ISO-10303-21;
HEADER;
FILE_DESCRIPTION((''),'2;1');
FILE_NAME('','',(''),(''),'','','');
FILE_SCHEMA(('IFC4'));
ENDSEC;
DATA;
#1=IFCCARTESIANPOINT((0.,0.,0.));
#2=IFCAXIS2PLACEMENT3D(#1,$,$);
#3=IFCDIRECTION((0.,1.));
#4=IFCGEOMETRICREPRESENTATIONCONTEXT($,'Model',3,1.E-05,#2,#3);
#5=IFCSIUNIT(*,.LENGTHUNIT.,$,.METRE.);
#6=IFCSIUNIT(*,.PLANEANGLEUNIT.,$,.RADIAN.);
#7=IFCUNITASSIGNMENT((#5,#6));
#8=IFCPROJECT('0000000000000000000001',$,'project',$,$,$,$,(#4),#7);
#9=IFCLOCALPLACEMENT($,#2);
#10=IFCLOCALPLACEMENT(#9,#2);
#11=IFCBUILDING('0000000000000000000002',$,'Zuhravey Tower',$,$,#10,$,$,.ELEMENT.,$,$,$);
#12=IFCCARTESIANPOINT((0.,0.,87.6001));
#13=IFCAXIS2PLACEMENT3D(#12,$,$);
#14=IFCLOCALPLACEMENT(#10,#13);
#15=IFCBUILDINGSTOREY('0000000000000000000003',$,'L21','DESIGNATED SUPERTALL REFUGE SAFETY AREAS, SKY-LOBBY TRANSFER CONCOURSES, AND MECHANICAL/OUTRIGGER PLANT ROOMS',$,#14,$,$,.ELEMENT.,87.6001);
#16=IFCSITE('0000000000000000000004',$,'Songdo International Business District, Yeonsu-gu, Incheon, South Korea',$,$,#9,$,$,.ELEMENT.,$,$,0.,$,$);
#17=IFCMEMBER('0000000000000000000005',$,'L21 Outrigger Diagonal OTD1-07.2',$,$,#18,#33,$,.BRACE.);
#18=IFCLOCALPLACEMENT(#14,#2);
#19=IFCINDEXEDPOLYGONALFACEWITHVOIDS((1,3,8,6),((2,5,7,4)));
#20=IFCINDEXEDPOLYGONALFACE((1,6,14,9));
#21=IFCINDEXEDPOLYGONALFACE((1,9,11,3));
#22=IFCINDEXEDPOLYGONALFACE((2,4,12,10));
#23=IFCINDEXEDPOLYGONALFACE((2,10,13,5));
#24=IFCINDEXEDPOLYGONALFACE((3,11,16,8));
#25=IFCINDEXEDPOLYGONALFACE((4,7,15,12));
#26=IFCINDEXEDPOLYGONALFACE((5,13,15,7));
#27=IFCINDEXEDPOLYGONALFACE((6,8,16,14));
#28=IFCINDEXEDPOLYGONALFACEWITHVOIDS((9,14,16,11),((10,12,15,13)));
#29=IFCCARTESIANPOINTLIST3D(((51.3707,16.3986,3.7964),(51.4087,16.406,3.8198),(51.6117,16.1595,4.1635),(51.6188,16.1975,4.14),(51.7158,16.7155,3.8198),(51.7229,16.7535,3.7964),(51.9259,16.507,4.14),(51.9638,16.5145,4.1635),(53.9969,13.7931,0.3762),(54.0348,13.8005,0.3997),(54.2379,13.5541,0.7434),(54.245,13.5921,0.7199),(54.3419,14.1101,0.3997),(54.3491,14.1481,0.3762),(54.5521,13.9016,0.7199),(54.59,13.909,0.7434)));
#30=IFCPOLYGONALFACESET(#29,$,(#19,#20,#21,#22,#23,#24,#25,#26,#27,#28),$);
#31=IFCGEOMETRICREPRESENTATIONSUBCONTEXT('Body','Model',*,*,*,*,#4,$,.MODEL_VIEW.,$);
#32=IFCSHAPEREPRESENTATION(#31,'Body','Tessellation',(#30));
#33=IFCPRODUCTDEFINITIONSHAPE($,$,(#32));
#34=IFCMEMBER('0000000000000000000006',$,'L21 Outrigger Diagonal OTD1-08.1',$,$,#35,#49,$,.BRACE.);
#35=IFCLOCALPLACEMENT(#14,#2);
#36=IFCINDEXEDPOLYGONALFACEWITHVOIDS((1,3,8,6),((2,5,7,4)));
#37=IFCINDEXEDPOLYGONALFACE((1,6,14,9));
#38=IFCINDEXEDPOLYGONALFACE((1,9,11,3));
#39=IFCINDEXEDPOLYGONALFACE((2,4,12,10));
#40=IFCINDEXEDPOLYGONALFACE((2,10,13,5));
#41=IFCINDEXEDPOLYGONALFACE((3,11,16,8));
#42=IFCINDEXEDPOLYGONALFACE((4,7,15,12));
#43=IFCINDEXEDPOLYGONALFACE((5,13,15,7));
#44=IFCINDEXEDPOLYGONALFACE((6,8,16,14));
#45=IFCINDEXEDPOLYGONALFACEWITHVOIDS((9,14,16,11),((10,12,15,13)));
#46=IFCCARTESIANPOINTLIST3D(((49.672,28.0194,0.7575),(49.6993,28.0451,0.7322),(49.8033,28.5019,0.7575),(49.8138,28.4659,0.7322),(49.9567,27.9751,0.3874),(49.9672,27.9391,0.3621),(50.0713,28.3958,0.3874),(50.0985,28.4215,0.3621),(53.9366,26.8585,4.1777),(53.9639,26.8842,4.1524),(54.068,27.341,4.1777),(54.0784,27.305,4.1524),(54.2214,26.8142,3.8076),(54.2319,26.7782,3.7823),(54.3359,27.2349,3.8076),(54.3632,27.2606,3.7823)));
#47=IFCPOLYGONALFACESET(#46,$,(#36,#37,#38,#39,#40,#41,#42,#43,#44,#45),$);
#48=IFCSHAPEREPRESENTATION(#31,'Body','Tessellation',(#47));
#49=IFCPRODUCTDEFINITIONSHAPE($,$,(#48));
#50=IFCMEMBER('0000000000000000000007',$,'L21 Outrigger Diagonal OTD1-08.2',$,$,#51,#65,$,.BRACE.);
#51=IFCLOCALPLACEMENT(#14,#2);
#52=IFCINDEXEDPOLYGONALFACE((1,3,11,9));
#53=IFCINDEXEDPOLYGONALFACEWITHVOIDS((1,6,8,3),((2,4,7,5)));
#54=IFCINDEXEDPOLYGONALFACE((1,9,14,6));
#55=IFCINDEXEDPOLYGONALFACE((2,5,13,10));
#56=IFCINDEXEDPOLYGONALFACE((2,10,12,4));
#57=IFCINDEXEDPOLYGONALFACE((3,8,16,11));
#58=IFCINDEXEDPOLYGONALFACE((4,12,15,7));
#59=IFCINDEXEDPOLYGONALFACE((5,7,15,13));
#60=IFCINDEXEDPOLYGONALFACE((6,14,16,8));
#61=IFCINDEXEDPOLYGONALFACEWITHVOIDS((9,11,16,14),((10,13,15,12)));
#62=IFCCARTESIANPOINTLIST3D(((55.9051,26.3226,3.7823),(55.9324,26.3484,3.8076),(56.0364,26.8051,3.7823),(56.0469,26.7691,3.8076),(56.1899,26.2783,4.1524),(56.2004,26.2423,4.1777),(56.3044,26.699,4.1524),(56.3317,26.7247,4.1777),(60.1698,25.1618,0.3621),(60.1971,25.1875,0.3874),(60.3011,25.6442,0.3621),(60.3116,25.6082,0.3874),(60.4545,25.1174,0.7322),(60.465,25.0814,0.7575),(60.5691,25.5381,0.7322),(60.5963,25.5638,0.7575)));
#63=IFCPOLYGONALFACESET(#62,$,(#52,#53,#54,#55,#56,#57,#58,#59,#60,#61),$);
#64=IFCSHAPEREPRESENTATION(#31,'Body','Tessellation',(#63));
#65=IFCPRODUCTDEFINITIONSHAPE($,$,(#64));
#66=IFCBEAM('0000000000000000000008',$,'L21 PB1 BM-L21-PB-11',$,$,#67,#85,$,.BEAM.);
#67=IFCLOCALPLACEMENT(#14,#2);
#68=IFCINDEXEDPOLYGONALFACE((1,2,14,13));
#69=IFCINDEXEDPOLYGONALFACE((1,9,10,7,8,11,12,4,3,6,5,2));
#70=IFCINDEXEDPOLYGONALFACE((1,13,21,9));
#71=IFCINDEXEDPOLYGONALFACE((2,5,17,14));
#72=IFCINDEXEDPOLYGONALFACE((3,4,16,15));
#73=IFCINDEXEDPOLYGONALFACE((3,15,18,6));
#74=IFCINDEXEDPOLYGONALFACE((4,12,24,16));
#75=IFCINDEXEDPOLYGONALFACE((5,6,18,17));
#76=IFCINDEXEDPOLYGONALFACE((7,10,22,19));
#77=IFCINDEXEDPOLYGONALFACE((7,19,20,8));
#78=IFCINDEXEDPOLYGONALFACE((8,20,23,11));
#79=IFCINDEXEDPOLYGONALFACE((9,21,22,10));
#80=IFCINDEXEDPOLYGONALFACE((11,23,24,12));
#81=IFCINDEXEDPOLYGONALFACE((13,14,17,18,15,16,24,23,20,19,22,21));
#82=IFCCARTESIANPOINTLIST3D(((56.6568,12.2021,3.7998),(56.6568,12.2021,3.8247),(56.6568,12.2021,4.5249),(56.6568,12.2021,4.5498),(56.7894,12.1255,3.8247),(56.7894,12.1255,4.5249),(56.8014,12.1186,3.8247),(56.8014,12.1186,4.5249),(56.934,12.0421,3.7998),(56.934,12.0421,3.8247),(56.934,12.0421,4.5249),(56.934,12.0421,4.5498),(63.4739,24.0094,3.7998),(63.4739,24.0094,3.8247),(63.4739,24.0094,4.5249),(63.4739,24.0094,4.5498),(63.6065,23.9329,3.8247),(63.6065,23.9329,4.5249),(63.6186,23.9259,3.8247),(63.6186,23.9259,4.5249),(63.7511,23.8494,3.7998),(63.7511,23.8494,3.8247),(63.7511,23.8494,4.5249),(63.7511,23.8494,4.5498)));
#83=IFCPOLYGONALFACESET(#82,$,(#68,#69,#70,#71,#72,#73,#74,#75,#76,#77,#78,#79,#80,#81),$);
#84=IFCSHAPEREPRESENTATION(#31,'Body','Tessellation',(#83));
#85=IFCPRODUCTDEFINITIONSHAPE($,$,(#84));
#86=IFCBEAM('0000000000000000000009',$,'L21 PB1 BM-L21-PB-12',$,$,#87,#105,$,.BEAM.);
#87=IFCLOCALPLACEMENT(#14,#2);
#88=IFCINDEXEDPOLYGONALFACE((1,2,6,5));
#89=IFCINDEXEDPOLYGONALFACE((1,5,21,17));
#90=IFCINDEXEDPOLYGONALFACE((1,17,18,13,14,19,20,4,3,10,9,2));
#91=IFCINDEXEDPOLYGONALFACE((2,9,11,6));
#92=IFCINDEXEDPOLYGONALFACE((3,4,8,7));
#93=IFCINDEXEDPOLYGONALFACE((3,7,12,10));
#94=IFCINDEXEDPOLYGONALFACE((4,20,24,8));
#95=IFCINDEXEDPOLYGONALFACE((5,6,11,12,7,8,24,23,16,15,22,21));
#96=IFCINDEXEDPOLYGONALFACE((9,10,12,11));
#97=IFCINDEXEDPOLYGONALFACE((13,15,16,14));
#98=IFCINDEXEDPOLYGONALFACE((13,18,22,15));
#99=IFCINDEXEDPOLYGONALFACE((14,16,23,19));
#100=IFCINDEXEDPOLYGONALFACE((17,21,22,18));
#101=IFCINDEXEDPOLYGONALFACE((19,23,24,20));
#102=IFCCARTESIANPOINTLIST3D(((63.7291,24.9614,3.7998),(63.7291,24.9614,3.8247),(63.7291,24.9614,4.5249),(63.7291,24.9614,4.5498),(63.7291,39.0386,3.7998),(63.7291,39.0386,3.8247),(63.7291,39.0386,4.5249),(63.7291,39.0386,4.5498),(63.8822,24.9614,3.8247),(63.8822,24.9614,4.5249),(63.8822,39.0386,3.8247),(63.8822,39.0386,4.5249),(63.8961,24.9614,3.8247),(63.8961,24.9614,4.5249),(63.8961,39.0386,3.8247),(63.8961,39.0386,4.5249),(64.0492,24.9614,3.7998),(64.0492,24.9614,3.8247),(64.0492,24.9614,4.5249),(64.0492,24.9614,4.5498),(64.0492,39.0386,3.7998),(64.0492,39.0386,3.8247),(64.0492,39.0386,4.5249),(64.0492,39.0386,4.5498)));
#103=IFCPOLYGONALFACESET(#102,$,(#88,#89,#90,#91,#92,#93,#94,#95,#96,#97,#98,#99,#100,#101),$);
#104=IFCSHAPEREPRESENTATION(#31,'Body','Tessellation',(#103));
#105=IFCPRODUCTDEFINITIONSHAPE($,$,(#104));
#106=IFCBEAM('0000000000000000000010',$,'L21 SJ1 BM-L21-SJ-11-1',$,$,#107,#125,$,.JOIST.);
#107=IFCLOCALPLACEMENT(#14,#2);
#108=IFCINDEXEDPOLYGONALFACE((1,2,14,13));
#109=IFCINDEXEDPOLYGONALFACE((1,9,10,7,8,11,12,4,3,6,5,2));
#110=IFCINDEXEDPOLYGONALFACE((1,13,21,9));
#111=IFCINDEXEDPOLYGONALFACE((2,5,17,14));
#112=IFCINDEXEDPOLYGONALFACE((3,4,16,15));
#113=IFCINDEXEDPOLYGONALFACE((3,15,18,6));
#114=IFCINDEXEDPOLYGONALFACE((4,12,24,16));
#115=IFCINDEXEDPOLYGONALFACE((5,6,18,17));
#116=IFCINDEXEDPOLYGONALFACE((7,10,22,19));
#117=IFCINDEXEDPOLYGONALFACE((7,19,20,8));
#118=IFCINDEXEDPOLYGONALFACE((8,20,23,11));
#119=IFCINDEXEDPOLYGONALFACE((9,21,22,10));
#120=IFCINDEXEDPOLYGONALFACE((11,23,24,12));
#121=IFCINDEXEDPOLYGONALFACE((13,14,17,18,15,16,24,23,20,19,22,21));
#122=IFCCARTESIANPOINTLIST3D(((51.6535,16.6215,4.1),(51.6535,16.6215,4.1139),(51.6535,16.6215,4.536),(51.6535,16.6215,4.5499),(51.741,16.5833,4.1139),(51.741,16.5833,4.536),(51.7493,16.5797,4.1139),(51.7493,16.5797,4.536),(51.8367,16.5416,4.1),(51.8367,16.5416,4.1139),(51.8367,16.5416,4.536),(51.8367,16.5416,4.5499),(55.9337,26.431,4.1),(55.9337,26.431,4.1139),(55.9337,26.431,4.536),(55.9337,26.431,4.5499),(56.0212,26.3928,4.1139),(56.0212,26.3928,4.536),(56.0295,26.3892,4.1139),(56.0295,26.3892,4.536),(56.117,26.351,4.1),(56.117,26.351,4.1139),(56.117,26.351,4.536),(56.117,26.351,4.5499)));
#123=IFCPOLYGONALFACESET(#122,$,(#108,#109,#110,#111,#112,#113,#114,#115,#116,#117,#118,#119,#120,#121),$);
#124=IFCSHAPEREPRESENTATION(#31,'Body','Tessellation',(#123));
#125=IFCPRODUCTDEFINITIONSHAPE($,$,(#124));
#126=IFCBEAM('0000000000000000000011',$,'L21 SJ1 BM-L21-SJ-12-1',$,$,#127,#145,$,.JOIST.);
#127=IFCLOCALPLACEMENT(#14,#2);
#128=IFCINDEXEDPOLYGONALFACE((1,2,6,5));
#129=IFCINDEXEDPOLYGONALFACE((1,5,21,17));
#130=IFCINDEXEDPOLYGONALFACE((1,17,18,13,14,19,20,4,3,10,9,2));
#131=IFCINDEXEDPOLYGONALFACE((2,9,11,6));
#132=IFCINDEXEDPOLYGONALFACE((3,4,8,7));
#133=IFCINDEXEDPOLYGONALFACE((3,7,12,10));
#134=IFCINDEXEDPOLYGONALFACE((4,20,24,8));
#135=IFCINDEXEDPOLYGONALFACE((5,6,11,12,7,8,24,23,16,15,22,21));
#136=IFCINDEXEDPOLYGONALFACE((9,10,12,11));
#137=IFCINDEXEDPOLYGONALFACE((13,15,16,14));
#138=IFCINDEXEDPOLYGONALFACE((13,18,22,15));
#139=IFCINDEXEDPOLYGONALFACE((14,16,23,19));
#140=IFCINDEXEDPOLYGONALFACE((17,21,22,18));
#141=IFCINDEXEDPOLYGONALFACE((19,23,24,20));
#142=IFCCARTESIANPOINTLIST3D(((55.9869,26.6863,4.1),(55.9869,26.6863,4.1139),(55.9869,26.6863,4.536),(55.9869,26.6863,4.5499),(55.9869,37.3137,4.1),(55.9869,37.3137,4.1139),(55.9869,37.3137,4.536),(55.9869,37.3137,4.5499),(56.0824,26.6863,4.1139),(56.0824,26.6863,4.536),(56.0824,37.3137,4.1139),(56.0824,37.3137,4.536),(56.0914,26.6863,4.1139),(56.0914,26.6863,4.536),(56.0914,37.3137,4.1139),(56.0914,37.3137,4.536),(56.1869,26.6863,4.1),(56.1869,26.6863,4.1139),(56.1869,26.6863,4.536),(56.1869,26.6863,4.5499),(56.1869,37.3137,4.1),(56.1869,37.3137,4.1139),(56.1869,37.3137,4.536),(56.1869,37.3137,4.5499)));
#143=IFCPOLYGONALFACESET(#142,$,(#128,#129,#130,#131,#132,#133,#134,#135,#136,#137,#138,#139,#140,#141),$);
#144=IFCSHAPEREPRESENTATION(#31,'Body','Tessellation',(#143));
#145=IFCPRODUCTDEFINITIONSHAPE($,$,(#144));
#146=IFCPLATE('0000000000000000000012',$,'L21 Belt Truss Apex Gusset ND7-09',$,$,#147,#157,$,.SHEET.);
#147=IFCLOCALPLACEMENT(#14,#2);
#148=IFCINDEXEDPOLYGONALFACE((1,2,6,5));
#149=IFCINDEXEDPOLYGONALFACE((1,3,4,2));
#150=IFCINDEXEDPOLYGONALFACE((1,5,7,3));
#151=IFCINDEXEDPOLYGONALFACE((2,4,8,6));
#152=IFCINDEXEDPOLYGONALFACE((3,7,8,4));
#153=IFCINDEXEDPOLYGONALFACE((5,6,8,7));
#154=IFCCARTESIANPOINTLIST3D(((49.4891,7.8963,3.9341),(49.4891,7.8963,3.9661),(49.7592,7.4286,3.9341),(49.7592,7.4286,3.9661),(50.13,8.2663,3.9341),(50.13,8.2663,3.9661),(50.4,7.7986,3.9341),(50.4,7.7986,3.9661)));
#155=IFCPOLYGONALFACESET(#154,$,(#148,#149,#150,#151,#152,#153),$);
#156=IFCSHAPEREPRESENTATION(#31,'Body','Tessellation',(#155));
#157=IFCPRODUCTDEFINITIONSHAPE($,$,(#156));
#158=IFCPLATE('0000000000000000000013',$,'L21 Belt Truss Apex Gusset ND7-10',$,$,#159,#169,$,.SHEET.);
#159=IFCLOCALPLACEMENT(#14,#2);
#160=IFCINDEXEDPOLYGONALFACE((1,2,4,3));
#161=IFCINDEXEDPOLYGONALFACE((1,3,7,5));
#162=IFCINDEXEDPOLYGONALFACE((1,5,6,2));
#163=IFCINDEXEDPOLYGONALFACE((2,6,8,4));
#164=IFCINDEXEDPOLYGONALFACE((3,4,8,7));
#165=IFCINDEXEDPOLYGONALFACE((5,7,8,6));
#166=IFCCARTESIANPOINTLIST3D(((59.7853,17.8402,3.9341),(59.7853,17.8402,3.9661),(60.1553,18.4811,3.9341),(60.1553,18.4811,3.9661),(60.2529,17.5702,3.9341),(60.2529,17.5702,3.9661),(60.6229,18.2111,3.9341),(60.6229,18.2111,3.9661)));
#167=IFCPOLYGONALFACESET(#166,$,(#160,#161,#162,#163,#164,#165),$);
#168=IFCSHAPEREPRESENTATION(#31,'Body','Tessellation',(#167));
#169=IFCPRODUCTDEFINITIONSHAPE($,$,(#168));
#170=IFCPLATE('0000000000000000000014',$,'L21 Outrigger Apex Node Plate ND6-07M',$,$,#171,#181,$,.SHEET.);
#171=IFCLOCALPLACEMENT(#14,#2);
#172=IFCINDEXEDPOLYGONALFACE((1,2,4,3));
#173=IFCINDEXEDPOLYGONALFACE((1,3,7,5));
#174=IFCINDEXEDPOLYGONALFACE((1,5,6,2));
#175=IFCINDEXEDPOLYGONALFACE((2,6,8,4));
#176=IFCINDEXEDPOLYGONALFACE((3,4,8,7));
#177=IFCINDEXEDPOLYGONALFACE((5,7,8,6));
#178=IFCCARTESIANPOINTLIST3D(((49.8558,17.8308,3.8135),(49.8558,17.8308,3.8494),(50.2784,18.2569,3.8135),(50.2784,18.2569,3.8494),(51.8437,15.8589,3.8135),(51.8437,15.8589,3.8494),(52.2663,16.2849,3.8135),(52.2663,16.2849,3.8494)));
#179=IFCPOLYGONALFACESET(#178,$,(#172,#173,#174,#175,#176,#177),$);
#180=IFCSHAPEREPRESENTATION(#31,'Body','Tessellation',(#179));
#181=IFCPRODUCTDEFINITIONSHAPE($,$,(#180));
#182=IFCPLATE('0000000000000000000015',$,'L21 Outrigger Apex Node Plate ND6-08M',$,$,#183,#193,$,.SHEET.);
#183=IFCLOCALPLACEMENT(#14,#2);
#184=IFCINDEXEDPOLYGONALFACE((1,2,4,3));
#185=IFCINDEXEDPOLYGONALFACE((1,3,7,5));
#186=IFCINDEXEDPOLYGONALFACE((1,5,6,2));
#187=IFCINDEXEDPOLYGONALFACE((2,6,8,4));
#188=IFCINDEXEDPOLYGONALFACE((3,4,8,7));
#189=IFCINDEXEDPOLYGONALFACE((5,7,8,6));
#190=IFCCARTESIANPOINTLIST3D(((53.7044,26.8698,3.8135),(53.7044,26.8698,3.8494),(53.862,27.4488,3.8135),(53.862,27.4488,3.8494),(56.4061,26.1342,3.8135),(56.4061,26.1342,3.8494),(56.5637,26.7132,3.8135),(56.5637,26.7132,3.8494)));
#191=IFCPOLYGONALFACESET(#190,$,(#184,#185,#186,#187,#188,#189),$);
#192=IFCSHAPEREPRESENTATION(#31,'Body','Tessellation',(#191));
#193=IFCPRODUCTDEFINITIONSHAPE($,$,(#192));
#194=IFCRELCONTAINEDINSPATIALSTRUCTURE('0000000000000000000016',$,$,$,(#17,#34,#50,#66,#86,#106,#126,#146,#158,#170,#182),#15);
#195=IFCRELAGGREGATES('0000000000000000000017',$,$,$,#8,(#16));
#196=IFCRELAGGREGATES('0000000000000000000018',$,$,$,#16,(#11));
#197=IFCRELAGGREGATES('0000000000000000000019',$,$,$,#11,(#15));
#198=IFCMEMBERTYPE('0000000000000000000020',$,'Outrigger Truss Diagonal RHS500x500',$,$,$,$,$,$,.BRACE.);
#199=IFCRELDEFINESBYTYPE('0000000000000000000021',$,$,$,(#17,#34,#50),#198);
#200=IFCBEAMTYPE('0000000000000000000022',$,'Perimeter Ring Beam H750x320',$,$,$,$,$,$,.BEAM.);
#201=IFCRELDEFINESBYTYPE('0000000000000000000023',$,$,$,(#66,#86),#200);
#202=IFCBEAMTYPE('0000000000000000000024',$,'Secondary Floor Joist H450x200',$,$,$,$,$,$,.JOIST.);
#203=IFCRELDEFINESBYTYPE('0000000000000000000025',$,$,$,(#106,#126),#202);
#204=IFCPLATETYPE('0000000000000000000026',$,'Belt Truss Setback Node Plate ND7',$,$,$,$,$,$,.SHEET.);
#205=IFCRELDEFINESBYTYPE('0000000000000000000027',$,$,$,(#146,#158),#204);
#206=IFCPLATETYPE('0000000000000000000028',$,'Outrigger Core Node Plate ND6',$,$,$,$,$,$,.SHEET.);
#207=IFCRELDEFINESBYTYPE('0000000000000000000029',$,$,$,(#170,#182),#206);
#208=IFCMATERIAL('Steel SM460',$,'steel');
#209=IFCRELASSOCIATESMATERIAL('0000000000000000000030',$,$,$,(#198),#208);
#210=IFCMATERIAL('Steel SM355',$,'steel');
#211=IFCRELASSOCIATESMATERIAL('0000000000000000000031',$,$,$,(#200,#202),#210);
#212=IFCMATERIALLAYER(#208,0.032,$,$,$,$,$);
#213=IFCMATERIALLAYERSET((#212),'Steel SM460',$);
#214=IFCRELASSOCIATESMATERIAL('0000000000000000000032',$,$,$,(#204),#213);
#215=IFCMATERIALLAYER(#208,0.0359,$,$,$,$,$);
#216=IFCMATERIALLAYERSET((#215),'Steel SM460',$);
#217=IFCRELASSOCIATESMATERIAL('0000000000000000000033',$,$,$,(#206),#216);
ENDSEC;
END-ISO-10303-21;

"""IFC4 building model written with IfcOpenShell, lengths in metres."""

from ifc_helpers import new_model, si_unit, direction, frame, origin, origin_2d, place, context, subcontext, project, spatial, rectangle, hollow_rectangle, i_section, extrude, material, layer, layer_set, material_profile, profile_set, type_object, element, save


model = new_model("IFC4")

# Units and contexts
model_context = context("Model", 3, precision=1e-05, world=origin(), true_north=direction((0.0, 1.0)))
body_context = subcontext(model_context, "Body", "Model", "MODEL_VIEW")
ifc_project = project(units=[si_unit("LENGTHUNIT", "METRE"), si_unit("PLANEANGLEUNIT", "RADIAN")], contexts=[model_context])

# Site, building, storey
site_placement = place(None, origin())
site = spatial("IfcSite", under=ifc_project, at=site_placement, Name="Songdo International Business District, Yeonsu-gu, Incheon, South Korea", CompositionType="ELEMENT", RefElevation=0.0)
building_placement = place(site_placement, origin())
building = spatial("IfcBuilding", under=site, at=building_placement, Name="Zuhravey Tower", CompositionType="ELEMENT")
storey_placement = place(building_placement, frame((0.0, 0.0, 87.6001)))
storey = spatial("IfcBuildingStorey", under=building, at=storey_placement, Name="L21", Description="DESIGNATED SUPERTALL REFUGE SAFETY AREAS, SKY-LOBBY TRANSFER CONCOURSES, AND MECHANICAL/OUTRIGGER PLANT ROOMS", CompositionType="ELEMENT", Elevation=87.6001)

# Shared definitions
ifc_material_1 = material(Name="Steel SM355", Category="steel")

# Shared definitions
ifc_material_2 = material(Name="Steel SM460", Category="steel")

# Members
ifc_material_profile_1 = material_profile(ifc_material_2, hollow_rectangle(XDim=0.5, YDim=0.5, WallThickness=0.032, at=origin_2d()), Name="RHS-500x500x32")
ifc_profile_set_1 = profile_set([ifc_material_profile_1], Name="Steel SM460")
member_type_1 = type_object("IfcMemberType", Name="Outrigger Truss Diagonal RHS500x500", PredefinedType="BRACE", material=ifc_profile_set_1)
for number, where, z_axis, x_axis, name in (
    (1, (54.2935, 13.8511, 0.5598), (-0.521266, 0.517147, 0.678852), (-0.704296, -0.709906, 0.0), "L21 Outrigger Diagonal OTD1-07.2"),
):
    element("IfcMember", number, at=place(storey_placement, frame(where, z_axis=z_axis, x_axis=x_axis)), inside=storey, type_object=member_type_1, Name=name, PredefinedType="BRACE", context=body_context, shape_type="SweptSolid", body=[
        extrude(hollow_rectangle(XDim=0.5, YDim=0.5, WallThickness=0.032, at=origin_2d()), origin(), (0.0, 0.0, 1.0), 5.0381),
    ])
for number, where, z_axis, x_axis, name in (
    (2, (49.8853, 28.2205, 0.5598), (0.763098, -0.207725, 0.61199), (0.262655, 0.96489, 0.0), "L21 Outrigger Diagonal OTD1-08.1"),
    (3, (60.3831, 25.3628, 0.5598), (-0.763098, 0.207725, 0.61199), (-0.262655, -0.96489, 0.0), "L21 Outrigger Diagonal OTD1-08.2"),
):
    element("IfcMember", number, at=place(storey_placement, frame(where, z_axis=z_axis, x_axis=x_axis)), inside=storey, type_object=member_type_1, Name=name, PredefinedType="BRACE", context=body_context, shape_type="SweptSolid", body=[
        extrude(hollow_rectangle(XDim=0.5, YDim=0.5, WallThickness=0.032, at=origin_2d()), origin(), (0.0, 0.0, 1.0), 5.5886),
    ])

# Beams
ifc_material_profile_2 = material_profile(ifc_material_1, i_section(OverallWidth=0.3201, OverallDepth=0.75, WebThickness=0.0139, FlangeThickness=0.0249, at=origin_2d()), Name="H-750x320x14x25")
ifc_profile_set_2 = profile_set([ifc_material_profile_2], Name="Steel SM355")
beam_type_1 = type_object("IfcBeamType", Name="Perimeter Ring Beam H750x320", PredefinedType="BEAM", material=ifc_profile_set_2)
beam_1_placement = place(storey_placement, frame((56.7954, 12.1221, 4.1748), z_axis=(0.500008, 0.866021, 0.0), x_axis=(-0.866021, 0.500008, 0.0)))
element("IfcBeam", 4, at=beam_1_placement, inside=storey, type_object=beam_type_1, Name="L21 PB1 BM-L21-PB-11", PredefinedType="BEAM", context=body_context, shape_type="SweptSolid", body=[
    extrude(i_section(OverallWidth=0.3201, OverallDepth=0.75, WebThickness=0.0139, FlangeThickness=0.0249, at=origin_2d()), origin(), (0.0, 0.0, 1.0), 13.634),
])
beam_2_placement = place(storey_placement, frame((63.8892, 24.9614, 4.1748), z_axis=(0.0, 1.0, 0.0), x_axis=(-1.0, 0.0, 0.0)))
element("IfcBeam", 5, at=beam_2_placement, inside=storey, type_object=beam_type_1, Name="L21 PB1 BM-L21-PB-12", PredefinedType="BEAM", context=body_context, shape_type="SweptSolid", body=[
    extrude(i_section(OverallWidth=0.3201, OverallDepth=0.75, WebThickness=0.0139, FlangeThickness=0.0249, at=origin_2d()), origin(), (0.0, 0.0, 1.0), 14.0771),
])
ifc_material_profile_3 = material_profile(ifc_material_1, i_section(OverallWidth=0.2, OverallDepth=0.45, WebThickness=0.009, FlangeThickness=0.0139, at=origin_2d()), Name="H-450x200x9x14")
ifc_profile_set_3 = profile_set([ifc_material_profile_3], Name="Steel SM355")
beam_type_2 = type_object("IfcBeamType", Name="Secondary Floor Joist H450x200", PredefinedType="JOIST", material=ifc_profile_set_3)
beam_3_placement = place(storey_placement, frame((51.7451, 16.5815, 4.325), z_axis=(0.399924, 0.916549, 0.0), x_axis=(-0.916549, 0.399924, 0.0)))
element("IfcBeam", 6, at=beam_3_placement, inside=storey, type_object=beam_type_2, Name="L21 SJ1 BM-L21-SJ-11-1", PredefinedType="JOIST", context=body_context, shape_type="SweptSolid", body=[
    extrude(i_section(OverallWidth=0.2, OverallDepth=0.45, WebThickness=0.009, FlangeThickness=0.0139, at=origin_2d()), origin(), (0.0, 0.0, 1.0), 10.7026),
])
beam_4_placement = place(storey_placement, frame((56.0869, 26.6863, 4.325), z_axis=(0.0, 1.0, 0.0), x_axis=(-1.0, 0.0, 0.0)))
element("IfcBeam", 7, at=beam_4_placement, inside=storey, type_object=beam_type_2, Name="L21 SJ1 BM-L21-SJ-12-1", PredefinedType="JOIST", context=body_context, shape_type="SweptSolid", body=[
    extrude(i_section(OverallWidth=0.2, OverallDepth=0.45, WebThickness=0.009, FlangeThickness=0.0139, at=origin_2d()), origin(), (0.0, 0.0, 1.0), 10.6274),
])

# Plates
ifc_layer_1 = layer(ifc_material_2, 0.032)
ifc_layer_set_1 = layer_set([ifc_layer_1], Name="Steel SM460")
plate_type_1 = type_object("IfcPlateType", Name="Belt Truss Setback Node Plate ND7", PredefinedType="SHEET", material=ifc_layer_set_1)
for number, where, z_axis, x_axis, name in (
    (8, (49.9446, 7.8474, 3.9341), (0.0, 0.0, 1.0), (0.866025, 0.5, 0.0), "L21 Belt Truss Apex Gusset ND7-09"),
    (9, (60.2041, 18.0256, 3.9341), (0.0, 0.0, 1.0), (0.5, 0.866025, 0.0), "L21 Belt Truss Apex Gusset ND7-10"),
):
    element("IfcPlate", number, at=place(storey_placement, frame(where, z_axis=z_axis, x_axis=x_axis)), inside=storey, type_object=plate_type_1, Name=name, PredefinedType="SHEET", context=body_context, shape_type="SweptSolid", body=[
        extrude(rectangle(XDim=0.74, YDim=0.54, at=origin_2d()), origin(), (0.0, 0.0, 1.0), 0.032),
    ])
ifc_layer_2 = layer(ifc_material_2, 0.0359)
ifc_layer_set_2 = layer_set([ifc_layer_2], Name="Steel SM460")
plate_type_2 = type_object("IfcPlateType", Name="Outrigger Core Node Plate ND6", PredefinedType="SHEET", material=ifc_layer_set_2)
for number, where, z_axis, x_axis, name in (
    (10, (51.061, 17.0579, 3.8135), (0.0, 0.0, 1.0), (0.70994, -0.704263, 0.0), "L21 Outrigger Apex Node Plate ND6-07M"),
    (11, (55.134, 26.7915, 3.8135), (0.0, 0.0, 1.0), (0.964879, -0.262694, 0.0), "L21 Outrigger Apex Node Plate ND6-08M"),
):
    element("IfcPlate", number, at=place(storey_placement, frame(where, z_axis=z_axis, x_axis=x_axis)), inside=storey, type_object=plate_type_2, Name=name, PredefinedType="SHEET", context=body_context, shape_type="SweptSolid", body=[
        extrude(rectangle(XDim=2.8, YDim=0.6001, at=origin_2d()), origin(), (0.0, 0.0, 1.0), 0.0359),
    ])

save(model, "model.ifc")
